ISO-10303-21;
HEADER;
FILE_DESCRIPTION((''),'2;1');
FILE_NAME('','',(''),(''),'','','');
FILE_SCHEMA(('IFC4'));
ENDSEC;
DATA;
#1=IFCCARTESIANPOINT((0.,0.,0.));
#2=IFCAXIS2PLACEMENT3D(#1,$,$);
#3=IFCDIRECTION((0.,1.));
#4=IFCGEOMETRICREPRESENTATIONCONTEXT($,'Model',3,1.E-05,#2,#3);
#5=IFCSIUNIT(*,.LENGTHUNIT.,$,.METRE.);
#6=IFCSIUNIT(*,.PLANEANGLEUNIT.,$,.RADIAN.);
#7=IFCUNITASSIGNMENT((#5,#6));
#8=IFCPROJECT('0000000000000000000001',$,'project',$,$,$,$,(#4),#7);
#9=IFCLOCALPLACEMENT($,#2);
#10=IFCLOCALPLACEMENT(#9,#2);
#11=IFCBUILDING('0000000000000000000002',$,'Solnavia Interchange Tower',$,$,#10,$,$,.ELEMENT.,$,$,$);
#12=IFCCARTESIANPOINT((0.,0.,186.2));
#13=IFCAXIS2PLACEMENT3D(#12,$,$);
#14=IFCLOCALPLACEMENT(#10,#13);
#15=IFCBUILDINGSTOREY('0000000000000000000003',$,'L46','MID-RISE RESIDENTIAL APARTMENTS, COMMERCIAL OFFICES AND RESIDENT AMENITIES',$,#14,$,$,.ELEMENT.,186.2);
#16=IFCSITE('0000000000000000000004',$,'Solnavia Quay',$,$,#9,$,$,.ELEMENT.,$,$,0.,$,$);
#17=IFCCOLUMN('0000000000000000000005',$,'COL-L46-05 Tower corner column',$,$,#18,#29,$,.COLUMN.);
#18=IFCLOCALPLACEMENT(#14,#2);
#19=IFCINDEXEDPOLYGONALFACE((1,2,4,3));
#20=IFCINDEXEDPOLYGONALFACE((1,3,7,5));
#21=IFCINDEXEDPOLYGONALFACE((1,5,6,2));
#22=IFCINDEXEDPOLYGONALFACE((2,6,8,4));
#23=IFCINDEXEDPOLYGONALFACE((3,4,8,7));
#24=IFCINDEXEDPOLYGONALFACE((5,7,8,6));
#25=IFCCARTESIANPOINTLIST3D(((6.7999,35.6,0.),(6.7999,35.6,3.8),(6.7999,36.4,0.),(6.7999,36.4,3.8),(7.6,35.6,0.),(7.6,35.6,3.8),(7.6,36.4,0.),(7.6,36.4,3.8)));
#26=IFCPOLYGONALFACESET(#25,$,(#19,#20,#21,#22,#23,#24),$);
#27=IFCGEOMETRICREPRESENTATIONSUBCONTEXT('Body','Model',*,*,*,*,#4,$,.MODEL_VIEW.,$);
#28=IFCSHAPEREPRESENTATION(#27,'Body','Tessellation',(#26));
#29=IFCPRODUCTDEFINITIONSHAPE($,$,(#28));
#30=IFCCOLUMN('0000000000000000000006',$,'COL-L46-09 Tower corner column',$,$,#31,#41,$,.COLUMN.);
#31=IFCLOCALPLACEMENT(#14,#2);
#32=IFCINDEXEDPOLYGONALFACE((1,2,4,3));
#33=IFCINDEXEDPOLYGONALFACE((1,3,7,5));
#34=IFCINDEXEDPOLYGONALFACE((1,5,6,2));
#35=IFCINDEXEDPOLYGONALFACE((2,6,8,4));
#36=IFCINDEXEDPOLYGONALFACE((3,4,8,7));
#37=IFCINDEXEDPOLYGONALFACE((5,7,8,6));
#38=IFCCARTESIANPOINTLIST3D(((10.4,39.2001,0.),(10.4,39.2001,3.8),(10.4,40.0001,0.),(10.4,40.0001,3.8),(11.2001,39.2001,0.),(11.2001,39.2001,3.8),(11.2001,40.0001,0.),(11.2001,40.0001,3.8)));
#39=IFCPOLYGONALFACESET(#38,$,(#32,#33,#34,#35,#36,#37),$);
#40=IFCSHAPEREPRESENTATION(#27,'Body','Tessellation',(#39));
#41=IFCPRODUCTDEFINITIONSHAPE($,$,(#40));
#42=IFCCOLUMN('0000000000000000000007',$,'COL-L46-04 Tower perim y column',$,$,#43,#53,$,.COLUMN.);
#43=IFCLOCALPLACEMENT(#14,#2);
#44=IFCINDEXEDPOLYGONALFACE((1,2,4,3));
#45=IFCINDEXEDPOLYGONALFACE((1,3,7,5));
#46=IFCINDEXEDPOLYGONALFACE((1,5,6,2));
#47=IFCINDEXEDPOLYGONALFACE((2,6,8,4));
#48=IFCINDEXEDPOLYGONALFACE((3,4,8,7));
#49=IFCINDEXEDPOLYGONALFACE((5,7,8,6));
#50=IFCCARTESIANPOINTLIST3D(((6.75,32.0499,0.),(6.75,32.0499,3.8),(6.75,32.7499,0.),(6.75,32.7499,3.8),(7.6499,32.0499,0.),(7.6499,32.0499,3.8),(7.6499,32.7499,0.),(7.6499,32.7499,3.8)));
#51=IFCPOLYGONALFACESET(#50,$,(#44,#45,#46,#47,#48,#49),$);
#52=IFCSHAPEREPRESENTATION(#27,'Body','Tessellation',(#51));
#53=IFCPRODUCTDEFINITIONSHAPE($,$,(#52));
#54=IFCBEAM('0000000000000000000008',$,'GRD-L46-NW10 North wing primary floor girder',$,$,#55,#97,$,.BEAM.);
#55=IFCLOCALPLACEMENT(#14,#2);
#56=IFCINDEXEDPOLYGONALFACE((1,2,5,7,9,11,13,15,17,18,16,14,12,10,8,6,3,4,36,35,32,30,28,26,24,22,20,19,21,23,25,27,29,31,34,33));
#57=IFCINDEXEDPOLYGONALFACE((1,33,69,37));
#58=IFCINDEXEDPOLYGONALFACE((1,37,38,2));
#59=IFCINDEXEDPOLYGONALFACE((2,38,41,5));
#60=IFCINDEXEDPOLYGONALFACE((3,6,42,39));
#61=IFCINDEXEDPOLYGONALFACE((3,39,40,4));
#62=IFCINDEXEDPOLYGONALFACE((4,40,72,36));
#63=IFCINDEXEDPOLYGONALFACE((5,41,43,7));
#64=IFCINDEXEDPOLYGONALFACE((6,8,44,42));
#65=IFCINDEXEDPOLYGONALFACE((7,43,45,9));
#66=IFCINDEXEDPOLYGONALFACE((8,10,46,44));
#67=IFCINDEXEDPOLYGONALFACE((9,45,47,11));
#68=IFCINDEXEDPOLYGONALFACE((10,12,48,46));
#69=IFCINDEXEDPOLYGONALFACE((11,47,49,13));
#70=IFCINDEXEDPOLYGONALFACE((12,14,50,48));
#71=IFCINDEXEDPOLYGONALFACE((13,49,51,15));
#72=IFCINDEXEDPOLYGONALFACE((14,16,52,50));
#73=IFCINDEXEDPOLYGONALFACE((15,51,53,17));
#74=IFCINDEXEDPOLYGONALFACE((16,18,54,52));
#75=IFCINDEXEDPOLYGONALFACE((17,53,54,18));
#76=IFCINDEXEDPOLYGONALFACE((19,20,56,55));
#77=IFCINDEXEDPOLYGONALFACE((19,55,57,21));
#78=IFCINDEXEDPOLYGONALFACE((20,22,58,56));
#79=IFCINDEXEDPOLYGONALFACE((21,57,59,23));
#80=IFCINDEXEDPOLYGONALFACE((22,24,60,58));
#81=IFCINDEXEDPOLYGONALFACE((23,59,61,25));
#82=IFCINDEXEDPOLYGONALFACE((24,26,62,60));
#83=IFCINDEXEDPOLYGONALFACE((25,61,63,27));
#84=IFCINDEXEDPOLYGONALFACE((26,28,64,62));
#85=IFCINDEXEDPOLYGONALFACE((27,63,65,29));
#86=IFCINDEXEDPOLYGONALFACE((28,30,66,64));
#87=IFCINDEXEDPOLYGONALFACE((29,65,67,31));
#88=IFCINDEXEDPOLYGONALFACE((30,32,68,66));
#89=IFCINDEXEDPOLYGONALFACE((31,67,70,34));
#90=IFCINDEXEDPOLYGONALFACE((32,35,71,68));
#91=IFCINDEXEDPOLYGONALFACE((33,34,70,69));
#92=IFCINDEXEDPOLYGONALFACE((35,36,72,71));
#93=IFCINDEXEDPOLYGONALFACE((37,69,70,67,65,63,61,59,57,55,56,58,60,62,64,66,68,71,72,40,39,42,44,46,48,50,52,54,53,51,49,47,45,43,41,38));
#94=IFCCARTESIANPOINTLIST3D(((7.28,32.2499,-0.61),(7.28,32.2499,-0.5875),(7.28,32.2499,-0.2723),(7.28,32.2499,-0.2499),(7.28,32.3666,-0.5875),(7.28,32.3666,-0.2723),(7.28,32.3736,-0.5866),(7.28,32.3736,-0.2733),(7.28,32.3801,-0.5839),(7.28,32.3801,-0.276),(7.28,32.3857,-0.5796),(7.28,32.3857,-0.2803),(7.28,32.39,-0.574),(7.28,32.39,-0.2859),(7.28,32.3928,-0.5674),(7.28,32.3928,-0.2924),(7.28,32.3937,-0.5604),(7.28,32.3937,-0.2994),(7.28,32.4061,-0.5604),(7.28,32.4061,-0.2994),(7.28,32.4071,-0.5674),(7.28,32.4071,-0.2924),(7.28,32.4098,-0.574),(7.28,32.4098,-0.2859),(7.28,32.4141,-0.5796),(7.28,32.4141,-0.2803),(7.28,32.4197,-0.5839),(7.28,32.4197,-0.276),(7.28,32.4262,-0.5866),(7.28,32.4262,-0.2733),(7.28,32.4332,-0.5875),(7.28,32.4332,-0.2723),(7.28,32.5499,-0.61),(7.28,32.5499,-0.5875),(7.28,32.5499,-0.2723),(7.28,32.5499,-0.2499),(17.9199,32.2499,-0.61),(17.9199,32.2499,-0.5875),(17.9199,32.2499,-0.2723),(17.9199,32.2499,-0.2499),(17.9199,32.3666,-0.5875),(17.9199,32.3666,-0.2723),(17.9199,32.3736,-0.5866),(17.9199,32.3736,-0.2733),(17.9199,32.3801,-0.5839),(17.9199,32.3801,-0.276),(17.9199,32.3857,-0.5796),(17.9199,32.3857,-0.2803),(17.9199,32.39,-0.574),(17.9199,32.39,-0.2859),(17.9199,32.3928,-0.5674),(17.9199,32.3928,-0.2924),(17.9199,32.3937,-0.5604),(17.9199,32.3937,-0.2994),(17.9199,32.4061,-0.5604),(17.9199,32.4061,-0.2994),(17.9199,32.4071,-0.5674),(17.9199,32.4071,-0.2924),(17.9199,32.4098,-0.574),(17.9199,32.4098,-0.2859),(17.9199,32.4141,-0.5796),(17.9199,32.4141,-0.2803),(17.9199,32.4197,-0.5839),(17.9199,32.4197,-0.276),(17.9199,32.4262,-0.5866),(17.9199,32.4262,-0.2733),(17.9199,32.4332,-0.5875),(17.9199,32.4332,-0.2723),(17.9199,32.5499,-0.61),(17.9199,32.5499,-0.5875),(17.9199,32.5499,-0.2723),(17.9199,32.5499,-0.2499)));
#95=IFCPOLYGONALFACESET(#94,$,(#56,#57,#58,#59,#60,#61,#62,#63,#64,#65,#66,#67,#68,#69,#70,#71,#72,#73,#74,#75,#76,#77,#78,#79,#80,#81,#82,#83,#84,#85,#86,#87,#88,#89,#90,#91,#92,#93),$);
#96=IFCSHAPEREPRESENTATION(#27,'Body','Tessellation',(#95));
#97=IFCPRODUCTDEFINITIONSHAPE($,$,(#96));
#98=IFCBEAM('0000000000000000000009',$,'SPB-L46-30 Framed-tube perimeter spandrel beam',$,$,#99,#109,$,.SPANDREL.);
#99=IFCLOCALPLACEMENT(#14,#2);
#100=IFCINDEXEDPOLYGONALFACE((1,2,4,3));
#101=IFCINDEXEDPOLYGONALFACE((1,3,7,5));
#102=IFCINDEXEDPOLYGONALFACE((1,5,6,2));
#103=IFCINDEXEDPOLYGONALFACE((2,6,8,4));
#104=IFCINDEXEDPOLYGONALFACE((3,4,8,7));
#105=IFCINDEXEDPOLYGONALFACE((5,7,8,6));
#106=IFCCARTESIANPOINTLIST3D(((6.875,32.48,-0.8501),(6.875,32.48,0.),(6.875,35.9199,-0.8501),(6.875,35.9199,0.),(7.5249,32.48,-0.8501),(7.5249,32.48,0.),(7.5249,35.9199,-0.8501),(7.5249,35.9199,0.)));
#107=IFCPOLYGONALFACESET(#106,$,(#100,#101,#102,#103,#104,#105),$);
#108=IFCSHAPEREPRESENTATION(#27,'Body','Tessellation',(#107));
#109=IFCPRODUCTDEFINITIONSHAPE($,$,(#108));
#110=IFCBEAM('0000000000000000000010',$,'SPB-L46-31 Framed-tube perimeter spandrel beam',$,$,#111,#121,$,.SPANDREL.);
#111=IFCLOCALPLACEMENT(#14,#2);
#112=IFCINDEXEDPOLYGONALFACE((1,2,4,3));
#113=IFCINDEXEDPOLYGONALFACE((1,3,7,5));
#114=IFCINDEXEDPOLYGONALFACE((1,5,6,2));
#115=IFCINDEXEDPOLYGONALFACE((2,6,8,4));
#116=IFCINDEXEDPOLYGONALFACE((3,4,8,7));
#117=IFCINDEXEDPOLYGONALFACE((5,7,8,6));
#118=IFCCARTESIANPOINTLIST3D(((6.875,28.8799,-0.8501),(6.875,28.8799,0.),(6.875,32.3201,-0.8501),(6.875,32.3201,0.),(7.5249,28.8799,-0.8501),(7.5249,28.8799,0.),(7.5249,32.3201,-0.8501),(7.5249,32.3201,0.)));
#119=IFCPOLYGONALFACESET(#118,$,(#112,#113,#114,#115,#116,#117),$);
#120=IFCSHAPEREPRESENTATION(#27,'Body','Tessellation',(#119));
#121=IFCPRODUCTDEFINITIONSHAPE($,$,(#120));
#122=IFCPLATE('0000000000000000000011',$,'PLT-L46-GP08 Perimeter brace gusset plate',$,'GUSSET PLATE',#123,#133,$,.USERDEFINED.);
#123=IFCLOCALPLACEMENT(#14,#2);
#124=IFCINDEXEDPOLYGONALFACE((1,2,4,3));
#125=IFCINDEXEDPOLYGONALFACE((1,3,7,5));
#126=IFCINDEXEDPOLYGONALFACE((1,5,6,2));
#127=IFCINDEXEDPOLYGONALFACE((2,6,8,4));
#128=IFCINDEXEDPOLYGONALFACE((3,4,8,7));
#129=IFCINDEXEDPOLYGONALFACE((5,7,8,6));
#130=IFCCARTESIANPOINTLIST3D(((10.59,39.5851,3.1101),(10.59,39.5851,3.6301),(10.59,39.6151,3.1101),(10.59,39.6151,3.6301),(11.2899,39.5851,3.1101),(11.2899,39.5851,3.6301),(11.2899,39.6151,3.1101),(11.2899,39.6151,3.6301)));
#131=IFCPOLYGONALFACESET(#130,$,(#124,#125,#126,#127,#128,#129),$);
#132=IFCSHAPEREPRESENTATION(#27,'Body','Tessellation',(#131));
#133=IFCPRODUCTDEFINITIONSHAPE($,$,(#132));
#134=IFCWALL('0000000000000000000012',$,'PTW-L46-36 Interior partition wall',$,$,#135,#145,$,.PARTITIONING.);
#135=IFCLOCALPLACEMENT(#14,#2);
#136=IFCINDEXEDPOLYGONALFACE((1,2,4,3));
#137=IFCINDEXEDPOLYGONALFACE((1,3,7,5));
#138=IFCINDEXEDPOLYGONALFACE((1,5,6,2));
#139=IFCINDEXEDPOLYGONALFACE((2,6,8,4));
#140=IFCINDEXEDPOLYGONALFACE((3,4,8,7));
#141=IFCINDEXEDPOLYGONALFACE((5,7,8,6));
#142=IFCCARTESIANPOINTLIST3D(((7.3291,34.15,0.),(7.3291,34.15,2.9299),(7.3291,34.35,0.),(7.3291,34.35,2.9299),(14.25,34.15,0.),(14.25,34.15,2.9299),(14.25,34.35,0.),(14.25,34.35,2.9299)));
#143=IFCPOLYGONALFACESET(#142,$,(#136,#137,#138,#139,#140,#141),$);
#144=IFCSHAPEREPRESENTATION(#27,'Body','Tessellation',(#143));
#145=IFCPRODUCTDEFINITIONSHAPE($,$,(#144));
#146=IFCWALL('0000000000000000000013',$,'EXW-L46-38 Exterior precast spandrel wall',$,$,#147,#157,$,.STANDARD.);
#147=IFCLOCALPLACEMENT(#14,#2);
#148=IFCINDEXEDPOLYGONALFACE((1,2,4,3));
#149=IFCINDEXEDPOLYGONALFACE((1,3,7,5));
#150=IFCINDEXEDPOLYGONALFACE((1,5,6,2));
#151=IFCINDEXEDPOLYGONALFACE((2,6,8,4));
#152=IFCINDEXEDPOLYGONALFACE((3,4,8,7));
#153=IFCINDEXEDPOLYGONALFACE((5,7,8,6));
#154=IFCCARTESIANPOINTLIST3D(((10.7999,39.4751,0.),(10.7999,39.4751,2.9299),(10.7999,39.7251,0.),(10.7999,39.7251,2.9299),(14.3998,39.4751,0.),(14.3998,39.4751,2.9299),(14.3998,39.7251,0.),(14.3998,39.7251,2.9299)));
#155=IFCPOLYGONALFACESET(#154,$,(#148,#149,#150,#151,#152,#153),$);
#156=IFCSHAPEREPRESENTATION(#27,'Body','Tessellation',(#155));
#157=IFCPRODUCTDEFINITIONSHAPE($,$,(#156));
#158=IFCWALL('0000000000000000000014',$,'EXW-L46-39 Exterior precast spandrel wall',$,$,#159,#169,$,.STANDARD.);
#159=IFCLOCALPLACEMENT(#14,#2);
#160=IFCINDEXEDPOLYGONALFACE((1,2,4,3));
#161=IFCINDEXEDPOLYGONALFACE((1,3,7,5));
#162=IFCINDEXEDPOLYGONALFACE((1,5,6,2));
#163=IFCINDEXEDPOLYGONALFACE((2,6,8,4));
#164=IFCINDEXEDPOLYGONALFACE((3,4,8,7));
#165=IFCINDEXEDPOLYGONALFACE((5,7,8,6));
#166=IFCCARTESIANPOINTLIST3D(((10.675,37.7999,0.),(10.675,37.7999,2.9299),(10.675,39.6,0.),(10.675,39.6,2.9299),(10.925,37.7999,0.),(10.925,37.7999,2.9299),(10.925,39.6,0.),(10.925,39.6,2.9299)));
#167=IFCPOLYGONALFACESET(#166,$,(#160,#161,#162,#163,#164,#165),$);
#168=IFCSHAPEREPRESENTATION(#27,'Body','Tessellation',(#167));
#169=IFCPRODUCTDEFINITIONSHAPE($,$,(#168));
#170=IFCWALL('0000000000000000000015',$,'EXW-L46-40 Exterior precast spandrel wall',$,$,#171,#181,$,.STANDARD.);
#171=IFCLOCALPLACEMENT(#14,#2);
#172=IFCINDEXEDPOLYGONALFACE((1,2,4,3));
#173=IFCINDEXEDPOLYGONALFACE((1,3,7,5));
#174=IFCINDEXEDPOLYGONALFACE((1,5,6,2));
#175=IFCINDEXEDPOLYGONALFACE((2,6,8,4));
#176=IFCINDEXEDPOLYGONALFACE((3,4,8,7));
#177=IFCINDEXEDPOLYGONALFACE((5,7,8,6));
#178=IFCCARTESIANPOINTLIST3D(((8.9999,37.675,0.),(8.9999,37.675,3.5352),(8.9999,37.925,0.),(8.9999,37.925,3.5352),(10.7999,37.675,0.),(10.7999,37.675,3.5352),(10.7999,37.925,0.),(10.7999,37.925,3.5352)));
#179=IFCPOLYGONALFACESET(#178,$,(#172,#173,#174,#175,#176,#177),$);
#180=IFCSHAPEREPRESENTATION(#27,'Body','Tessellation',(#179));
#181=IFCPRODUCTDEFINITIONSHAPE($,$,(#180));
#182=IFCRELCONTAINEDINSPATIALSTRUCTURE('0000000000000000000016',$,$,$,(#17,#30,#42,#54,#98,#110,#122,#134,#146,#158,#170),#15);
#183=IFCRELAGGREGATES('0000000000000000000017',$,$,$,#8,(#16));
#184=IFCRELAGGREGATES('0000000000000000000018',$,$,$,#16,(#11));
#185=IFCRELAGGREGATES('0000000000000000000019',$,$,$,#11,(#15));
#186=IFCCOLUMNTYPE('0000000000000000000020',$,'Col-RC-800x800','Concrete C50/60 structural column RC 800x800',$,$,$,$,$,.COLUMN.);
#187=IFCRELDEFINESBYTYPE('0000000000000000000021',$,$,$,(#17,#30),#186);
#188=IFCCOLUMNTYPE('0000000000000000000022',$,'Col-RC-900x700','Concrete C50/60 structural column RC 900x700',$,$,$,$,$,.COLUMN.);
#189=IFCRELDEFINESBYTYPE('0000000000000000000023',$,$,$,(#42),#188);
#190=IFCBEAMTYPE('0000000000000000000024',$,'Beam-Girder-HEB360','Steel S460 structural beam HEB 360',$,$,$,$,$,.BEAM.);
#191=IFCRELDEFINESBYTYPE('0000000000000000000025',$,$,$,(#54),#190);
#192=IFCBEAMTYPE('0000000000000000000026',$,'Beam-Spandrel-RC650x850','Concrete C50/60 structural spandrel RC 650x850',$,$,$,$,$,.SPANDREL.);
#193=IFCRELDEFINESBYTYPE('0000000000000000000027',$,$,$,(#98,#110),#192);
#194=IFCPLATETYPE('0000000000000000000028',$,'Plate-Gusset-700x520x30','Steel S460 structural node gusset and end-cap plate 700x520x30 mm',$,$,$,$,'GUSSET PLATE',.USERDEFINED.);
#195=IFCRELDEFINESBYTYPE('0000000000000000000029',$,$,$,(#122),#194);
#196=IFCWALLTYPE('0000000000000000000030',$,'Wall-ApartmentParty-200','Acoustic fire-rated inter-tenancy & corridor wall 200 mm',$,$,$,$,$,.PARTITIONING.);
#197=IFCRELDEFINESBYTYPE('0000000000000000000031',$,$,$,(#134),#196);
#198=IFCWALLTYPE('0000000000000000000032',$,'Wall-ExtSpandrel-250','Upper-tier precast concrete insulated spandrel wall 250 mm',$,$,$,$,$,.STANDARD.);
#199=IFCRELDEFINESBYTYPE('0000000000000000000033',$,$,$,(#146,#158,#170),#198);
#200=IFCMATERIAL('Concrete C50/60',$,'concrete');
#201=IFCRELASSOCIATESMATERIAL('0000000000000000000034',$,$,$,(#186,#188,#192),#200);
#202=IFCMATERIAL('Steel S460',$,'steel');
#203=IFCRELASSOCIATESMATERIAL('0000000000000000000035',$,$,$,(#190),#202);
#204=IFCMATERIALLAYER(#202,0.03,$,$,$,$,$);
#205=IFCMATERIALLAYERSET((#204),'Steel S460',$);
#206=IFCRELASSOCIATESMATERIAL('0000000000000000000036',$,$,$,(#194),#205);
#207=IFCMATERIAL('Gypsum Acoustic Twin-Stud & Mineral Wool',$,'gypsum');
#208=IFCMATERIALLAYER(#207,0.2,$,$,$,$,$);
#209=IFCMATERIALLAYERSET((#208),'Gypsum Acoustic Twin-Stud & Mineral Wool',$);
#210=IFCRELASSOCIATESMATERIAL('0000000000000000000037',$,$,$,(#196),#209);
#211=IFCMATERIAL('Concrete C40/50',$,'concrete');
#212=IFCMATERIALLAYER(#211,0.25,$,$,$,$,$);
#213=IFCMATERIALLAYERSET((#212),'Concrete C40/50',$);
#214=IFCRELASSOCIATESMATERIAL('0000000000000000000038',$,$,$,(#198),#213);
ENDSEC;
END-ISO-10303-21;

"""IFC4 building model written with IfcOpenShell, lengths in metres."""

from ifc_helpers import new_model, si_unit, direction, frame, frame_2d, origin, origin_2d, place, context, subcontext, project, spatial, rectangle, i_section, extrude, material, layer, layer_set, material_profile, profile_set, type_object, element, save


model = new_model("IFC4")

# Units and contexts
model_context = context("Model", 3, precision=1e-05, world=origin(), true_north=direction((0.0, 1.0)))
body_context = subcontext(model_context, "Body", "Model", "MODEL_VIEW")
ifc_project = project(units=[si_unit("LENGTHUNIT", "METRE"), si_unit("PLANEANGLEUNIT", "RADIAN")], contexts=[model_context])

# Site, building, storey
site_placement = place(None, origin())
site = spatial("IfcSite", under=ifc_project, at=site_placement, Name="Solnavia Quay", CompositionType="ELEMENT", RefElevation=0.0)
building_placement = place(site_placement, origin())
building = spatial("IfcBuilding", under=site, at=building_placement, Name="Solnavia Interchange Tower", CompositionType="ELEMENT")
storey_placement = place(building_placement, frame((0.0, 0.0, 186.2)))
storey = spatial("IfcBuildingStorey", under=building, at=storey_placement, Name="L46", Description="MID-RISE RESIDENTIAL APARTMENTS, COMMERCIAL OFFICES AND RESIDENT AMENITIES", CompositionType="ELEMENT", Elevation=186.2)

# Columns
ifc_material_1 = material(Name="Concrete C50/60", Category="concrete")
ifc_material_profile_1 = material_profile(ifc_material_1, rectangle(XDim=0.8, YDim=0.8, at=origin_2d()), Name="RC 800x800")
ifc_profile_set_1 = profile_set([ifc_material_profile_1], Name="Concrete C50/60")
column_type_1 = type_object("IfcColumnType", Name="Col-RC-800x800", Description="Concrete C50/60 structural column RC 800x800", PredefinedType="COLUMN", material=ifc_profile_set_1)
for number, where, z_axis, x_axis, name in (
    (1, (7.2, 36.0, 0.0), (0.0, 0.0, 1.0), (0.0, 1.0, 0.0), "COL-L46-05 Tower corner column"),
    (2, (10.8, 39.6001, 0.0), (0.0, 0.0, 1.0), (1.0, 0.0, 0.0), "COL-L46-09 Tower corner column"),
):
    element("IfcColumn", number, at=place(storey_placement, frame(where, z_axis=z_axis, x_axis=x_axis)), inside=storey, type_object=column_type_1, Name=name, PredefinedType="COLUMN", context=body_context, shape_type="SweptSolid", body=[
        extrude(rectangle(XDim=0.8, YDim=0.8, at=origin_2d()), origin(), (0.0, 0.0, 1.0), 3.8),
    ])
ifc_material_profile_2 = material_profile(ifc_material_1, rectangle(XDim=0.7, YDim=0.8999, at=origin_2d()), Name="RC 900x700")
ifc_profile_set_2 = profile_set([ifc_material_profile_2], Name="Concrete C50/60")
column_type_2 = type_object("IfcColumnType", Name="Col-RC-900x700", Description="Concrete C50/60 structural column RC 900x700", PredefinedType="COLUMN", material=ifc_profile_set_2)
column_placement = place(storey_placement, frame((7.2, 32.3999, 0.0), z_axis=(0.0, 0.0, 1.0), x_axis=(0.0, 1.0, 0.0)))
element("IfcColumn", 3, at=column_placement, inside=storey, type_object=column_type_2, Name="COL-L46-04 Tower perim y column", PredefinedType="COLUMN", context=body_context, shape_type="SweptSolid", body=[
    extrude(rectangle(XDim=0.7, YDim=0.8999, at=origin_2d()), origin(), (0.0, 0.0, 1.0), 3.8),
])

# Beams
ifc_material_2 = material(Name="Steel S460", Category="steel")
ifc_material_profile_3 = material_profile(ifc_material_2, i_section(OverallWidth=0.3, OverallDepth=0.3601, WebThickness=0.0125, FlangeThickness=0.0225, FilletRadius=0.0271, at=origin_2d()), Name="HEB 360")
ifc_profile_set_3 = profile_set([ifc_material_profile_3], Name="Steel S460")
beam_type_1 = type_object("IfcBeamType", Name="Beam-Girder-HEB360", Description="Steel S460 structural beam HEB 360", PredefinedType="BEAM", material=ifc_profile_set_3)
beam_1_placement = place(storey_placement, frame((7.28, 32.3999, -0.4299), z_axis=(1.0, 0.0, 0.0), x_axis=(0.0, 1.0, 0.0)))
element("IfcBeam", 4, at=beam_1_placement, inside=storey, type_object=beam_type_1, Name="GRD-L46-NW10 North wing primary floor girder", PredefinedType="BEAM", context=body_context, shape_type="SweptSolid", body=[
    extrude(i_section(OverallWidth=0.3, OverallDepth=0.3601, WebThickness=0.0125, FlangeThickness=0.0225, FilletRadius=0.0271, at=origin_2d()), origin(), (0.0, 0.0, 1.0), 10.6399),
])
ifc_material_profile_4 = material_profile(ifc_material_1, rectangle(XDim=0.6499, YDim=0.8501, at=origin_2d()), Name="RC 650x850")
ifc_profile_set_4 = profile_set([ifc_material_profile_4], Name="Concrete C50/60")
beam_type_2 = type_object("IfcBeamType", Name="Beam-Spandrel-RC650x850", Description="Concrete C50/60 structural spandrel RC 650x850", PredefinedType="SPANDREL", material=ifc_profile_set_4)
beam_2_placement = place(storey_placement, frame((7.2, 35.9199, -0.425), z_axis=(0.0, -1.0, 0.0), x_axis=(1.0, 0.0, 0.0)))
element("IfcBeam", 5, at=beam_2_placement, inside=storey, type_object=beam_type_2, Name="SPB-L46-30 Framed-tube perimeter spandrel beam", PredefinedType="SPANDREL", context=body_context, shape_type="SweptSolid", body=[
    extrude(rectangle(XDim=0.6499, YDim=0.8501, at=origin_2d()), origin(), (0.0, 0.0, 1.0), 3.4399),
])
beam_3_placement = place(storey_placement, frame((7.2, 32.3201, -0.425), z_axis=(0.0, -1.0, 0.0), x_axis=(1.0, 0.0, 0.0)))
element("IfcBeam", 6, at=beam_3_placement, inside=storey, type_object=beam_type_2, Name="SPB-L46-31 Framed-tube perimeter spandrel beam", PredefinedType="SPANDREL", context=body_context, shape_type="SweptSolid", body=[
    extrude(rectangle(XDim=0.6499, YDim=0.8501, at=origin_2d()), origin(), (0.0, 0.0, 1.0), 3.4402),
])

# Plate
ifc_layer_1 = layer(ifc_material_2, 0.03)
ifc_layer_set_1 = layer_set([ifc_layer_1], Name="Steel S460")
plate_type = type_object("IfcPlateType", Name="Plate-Gusset-700x520x30", Description="Steel S460 structural node gusset and end-cap plate 700x520x30 mm", ElementType="GUSSET PLATE", PredefinedType="USERDEFINED", material=ifc_layer_set_1)
plate_placement = place(storey_placement, frame((10.9399, 39.6001, 3.1101), z_axis=(0.0, 0.0, 1.0), x_axis=(-1.0, 0.0, 0.0)))
element("IfcPlate", 7, at=plate_placement, inside=storey, type_object=plate_type, Name="PLT-L46-GP08 Perimeter brace gusset plate", ObjectType="GUSSET PLATE", PredefinedType="USERDEFINED", context=body_context, shape_type="SweptSolid", body=[
    extrude(rectangle(XDim=0.7, YDim=0.03, at=origin_2d()), origin(), (0.0, 0.0, 1.0), 0.52),
])

# Walls
ifc_material_3 = material(Name="Gypsum Acoustic Twin-Stud & Mineral Wool", Category="gypsum")
ifc_layer_2 = layer(ifc_material_3, 0.2)
ifc_layer_set_2 = layer_set([ifc_layer_2], Name="Gypsum Acoustic Twin-Stud & Mineral Wool")
wall_type_1 = type_object("IfcWallType", Name="Wall-ApartmentParty-200", Description="Acoustic fire-rated inter-tenancy & corridor wall 200 mm", PredefinedType="PARTITIONING", material=ifc_layer_set_2)
wall_1_placement = place(storey_placement, frame((7.3291, 34.25, 0.0), z_axis=(0.0, 0.0, 1.0), x_axis=(1.0, 0.0, 0.0)))
element("IfcWall", 8, at=wall_1_placement, inside=storey, type_object=wall_type_1, Name="PTW-L46-36 Interior partition wall", PredefinedType="PARTITIONING", context=body_context, shape_type="SweptSolid", body=[
    extrude(rectangle(XDim=6.9209, YDim=0.2, at=frame_2d((3.4604, 0.0))), origin(), (0.0, 0.0, 1.0), 2.9299),
])
ifc_material_4 = material(Name="Concrete C40/50", Category="concrete")
ifc_layer_3 = layer(ifc_material_4, 0.25)
ifc_layer_set_3 = layer_set([ifc_layer_3], Name="Concrete C40/50")
wall_type_2 = type_object("IfcWallType", Name="Wall-ExtSpandrel-250", Description="Upper-tier precast concrete insulated spandrel wall 250 mm", PredefinedType="STANDARD", material=ifc_layer_set_3)
wall_2_placement = place(storey_placement, frame((10.8, 39.6001, 0.0), z_axis=(0.0, 0.0, 1.0), x_axis=(1.0, 0.0, 0.0)))
element("IfcWall", 9, at=wall_2_placement, inside=storey, type_object=wall_type_2, Name="EXW-L46-38 Exterior precast spandrel wall", PredefinedType="STANDARD", context=body_context, shape_type="SweptSolid", body=[
    extrude(rectangle(XDim=3.5999, YDim=0.25, at=frame_2d((1.7998, 0.0))), origin(), (0.0, 0.0, 1.0), 2.9299),
])
wall_3_placement = place(storey_placement, frame((10.8, 37.8, 0.0), z_axis=(0.0, 0.0, 1.0), x_axis=(0.0, 1.0, 0.0)))
element("IfcWall", 10, at=wall_3_placement, inside=storey, type_object=wall_type_2, Name="EXW-L46-39 Exterior precast spandrel wall", PredefinedType="STANDARD", context=body_context, shape_type="SweptSolid", body=[
    extrude(rectangle(XDim=1.8, YDim=0.25, at=frame_2d((0.8999, 0.0))), origin(), (0.0, 0.0, 1.0), 2.9299),
])
for number, where, z_axis, x_axis, name in (
    (11, (9.0, 37.8, 0.0), (0.0, 0.0, 1.0), (1.0, 0.0, 0.0), "EXW-L46-40 Exterior precast spandrel wall"),
):
    element("IfcWall", number, at=place(storey_placement, frame(where, z_axis=z_axis, x_axis=x_axis)), inside=storey, type_object=wall_type_2, Name=name, PredefinedType="STANDARD", context=body_context, shape_type="SweptSolid", body=[
        extrude(rectangle(XDim=1.8, YDim=0.25, at=frame_2d((0.8999, 0.0))), origin(), (0.0, 0.0, 1.0), 3.5352),
    ])

save(model, "model.ifc")
